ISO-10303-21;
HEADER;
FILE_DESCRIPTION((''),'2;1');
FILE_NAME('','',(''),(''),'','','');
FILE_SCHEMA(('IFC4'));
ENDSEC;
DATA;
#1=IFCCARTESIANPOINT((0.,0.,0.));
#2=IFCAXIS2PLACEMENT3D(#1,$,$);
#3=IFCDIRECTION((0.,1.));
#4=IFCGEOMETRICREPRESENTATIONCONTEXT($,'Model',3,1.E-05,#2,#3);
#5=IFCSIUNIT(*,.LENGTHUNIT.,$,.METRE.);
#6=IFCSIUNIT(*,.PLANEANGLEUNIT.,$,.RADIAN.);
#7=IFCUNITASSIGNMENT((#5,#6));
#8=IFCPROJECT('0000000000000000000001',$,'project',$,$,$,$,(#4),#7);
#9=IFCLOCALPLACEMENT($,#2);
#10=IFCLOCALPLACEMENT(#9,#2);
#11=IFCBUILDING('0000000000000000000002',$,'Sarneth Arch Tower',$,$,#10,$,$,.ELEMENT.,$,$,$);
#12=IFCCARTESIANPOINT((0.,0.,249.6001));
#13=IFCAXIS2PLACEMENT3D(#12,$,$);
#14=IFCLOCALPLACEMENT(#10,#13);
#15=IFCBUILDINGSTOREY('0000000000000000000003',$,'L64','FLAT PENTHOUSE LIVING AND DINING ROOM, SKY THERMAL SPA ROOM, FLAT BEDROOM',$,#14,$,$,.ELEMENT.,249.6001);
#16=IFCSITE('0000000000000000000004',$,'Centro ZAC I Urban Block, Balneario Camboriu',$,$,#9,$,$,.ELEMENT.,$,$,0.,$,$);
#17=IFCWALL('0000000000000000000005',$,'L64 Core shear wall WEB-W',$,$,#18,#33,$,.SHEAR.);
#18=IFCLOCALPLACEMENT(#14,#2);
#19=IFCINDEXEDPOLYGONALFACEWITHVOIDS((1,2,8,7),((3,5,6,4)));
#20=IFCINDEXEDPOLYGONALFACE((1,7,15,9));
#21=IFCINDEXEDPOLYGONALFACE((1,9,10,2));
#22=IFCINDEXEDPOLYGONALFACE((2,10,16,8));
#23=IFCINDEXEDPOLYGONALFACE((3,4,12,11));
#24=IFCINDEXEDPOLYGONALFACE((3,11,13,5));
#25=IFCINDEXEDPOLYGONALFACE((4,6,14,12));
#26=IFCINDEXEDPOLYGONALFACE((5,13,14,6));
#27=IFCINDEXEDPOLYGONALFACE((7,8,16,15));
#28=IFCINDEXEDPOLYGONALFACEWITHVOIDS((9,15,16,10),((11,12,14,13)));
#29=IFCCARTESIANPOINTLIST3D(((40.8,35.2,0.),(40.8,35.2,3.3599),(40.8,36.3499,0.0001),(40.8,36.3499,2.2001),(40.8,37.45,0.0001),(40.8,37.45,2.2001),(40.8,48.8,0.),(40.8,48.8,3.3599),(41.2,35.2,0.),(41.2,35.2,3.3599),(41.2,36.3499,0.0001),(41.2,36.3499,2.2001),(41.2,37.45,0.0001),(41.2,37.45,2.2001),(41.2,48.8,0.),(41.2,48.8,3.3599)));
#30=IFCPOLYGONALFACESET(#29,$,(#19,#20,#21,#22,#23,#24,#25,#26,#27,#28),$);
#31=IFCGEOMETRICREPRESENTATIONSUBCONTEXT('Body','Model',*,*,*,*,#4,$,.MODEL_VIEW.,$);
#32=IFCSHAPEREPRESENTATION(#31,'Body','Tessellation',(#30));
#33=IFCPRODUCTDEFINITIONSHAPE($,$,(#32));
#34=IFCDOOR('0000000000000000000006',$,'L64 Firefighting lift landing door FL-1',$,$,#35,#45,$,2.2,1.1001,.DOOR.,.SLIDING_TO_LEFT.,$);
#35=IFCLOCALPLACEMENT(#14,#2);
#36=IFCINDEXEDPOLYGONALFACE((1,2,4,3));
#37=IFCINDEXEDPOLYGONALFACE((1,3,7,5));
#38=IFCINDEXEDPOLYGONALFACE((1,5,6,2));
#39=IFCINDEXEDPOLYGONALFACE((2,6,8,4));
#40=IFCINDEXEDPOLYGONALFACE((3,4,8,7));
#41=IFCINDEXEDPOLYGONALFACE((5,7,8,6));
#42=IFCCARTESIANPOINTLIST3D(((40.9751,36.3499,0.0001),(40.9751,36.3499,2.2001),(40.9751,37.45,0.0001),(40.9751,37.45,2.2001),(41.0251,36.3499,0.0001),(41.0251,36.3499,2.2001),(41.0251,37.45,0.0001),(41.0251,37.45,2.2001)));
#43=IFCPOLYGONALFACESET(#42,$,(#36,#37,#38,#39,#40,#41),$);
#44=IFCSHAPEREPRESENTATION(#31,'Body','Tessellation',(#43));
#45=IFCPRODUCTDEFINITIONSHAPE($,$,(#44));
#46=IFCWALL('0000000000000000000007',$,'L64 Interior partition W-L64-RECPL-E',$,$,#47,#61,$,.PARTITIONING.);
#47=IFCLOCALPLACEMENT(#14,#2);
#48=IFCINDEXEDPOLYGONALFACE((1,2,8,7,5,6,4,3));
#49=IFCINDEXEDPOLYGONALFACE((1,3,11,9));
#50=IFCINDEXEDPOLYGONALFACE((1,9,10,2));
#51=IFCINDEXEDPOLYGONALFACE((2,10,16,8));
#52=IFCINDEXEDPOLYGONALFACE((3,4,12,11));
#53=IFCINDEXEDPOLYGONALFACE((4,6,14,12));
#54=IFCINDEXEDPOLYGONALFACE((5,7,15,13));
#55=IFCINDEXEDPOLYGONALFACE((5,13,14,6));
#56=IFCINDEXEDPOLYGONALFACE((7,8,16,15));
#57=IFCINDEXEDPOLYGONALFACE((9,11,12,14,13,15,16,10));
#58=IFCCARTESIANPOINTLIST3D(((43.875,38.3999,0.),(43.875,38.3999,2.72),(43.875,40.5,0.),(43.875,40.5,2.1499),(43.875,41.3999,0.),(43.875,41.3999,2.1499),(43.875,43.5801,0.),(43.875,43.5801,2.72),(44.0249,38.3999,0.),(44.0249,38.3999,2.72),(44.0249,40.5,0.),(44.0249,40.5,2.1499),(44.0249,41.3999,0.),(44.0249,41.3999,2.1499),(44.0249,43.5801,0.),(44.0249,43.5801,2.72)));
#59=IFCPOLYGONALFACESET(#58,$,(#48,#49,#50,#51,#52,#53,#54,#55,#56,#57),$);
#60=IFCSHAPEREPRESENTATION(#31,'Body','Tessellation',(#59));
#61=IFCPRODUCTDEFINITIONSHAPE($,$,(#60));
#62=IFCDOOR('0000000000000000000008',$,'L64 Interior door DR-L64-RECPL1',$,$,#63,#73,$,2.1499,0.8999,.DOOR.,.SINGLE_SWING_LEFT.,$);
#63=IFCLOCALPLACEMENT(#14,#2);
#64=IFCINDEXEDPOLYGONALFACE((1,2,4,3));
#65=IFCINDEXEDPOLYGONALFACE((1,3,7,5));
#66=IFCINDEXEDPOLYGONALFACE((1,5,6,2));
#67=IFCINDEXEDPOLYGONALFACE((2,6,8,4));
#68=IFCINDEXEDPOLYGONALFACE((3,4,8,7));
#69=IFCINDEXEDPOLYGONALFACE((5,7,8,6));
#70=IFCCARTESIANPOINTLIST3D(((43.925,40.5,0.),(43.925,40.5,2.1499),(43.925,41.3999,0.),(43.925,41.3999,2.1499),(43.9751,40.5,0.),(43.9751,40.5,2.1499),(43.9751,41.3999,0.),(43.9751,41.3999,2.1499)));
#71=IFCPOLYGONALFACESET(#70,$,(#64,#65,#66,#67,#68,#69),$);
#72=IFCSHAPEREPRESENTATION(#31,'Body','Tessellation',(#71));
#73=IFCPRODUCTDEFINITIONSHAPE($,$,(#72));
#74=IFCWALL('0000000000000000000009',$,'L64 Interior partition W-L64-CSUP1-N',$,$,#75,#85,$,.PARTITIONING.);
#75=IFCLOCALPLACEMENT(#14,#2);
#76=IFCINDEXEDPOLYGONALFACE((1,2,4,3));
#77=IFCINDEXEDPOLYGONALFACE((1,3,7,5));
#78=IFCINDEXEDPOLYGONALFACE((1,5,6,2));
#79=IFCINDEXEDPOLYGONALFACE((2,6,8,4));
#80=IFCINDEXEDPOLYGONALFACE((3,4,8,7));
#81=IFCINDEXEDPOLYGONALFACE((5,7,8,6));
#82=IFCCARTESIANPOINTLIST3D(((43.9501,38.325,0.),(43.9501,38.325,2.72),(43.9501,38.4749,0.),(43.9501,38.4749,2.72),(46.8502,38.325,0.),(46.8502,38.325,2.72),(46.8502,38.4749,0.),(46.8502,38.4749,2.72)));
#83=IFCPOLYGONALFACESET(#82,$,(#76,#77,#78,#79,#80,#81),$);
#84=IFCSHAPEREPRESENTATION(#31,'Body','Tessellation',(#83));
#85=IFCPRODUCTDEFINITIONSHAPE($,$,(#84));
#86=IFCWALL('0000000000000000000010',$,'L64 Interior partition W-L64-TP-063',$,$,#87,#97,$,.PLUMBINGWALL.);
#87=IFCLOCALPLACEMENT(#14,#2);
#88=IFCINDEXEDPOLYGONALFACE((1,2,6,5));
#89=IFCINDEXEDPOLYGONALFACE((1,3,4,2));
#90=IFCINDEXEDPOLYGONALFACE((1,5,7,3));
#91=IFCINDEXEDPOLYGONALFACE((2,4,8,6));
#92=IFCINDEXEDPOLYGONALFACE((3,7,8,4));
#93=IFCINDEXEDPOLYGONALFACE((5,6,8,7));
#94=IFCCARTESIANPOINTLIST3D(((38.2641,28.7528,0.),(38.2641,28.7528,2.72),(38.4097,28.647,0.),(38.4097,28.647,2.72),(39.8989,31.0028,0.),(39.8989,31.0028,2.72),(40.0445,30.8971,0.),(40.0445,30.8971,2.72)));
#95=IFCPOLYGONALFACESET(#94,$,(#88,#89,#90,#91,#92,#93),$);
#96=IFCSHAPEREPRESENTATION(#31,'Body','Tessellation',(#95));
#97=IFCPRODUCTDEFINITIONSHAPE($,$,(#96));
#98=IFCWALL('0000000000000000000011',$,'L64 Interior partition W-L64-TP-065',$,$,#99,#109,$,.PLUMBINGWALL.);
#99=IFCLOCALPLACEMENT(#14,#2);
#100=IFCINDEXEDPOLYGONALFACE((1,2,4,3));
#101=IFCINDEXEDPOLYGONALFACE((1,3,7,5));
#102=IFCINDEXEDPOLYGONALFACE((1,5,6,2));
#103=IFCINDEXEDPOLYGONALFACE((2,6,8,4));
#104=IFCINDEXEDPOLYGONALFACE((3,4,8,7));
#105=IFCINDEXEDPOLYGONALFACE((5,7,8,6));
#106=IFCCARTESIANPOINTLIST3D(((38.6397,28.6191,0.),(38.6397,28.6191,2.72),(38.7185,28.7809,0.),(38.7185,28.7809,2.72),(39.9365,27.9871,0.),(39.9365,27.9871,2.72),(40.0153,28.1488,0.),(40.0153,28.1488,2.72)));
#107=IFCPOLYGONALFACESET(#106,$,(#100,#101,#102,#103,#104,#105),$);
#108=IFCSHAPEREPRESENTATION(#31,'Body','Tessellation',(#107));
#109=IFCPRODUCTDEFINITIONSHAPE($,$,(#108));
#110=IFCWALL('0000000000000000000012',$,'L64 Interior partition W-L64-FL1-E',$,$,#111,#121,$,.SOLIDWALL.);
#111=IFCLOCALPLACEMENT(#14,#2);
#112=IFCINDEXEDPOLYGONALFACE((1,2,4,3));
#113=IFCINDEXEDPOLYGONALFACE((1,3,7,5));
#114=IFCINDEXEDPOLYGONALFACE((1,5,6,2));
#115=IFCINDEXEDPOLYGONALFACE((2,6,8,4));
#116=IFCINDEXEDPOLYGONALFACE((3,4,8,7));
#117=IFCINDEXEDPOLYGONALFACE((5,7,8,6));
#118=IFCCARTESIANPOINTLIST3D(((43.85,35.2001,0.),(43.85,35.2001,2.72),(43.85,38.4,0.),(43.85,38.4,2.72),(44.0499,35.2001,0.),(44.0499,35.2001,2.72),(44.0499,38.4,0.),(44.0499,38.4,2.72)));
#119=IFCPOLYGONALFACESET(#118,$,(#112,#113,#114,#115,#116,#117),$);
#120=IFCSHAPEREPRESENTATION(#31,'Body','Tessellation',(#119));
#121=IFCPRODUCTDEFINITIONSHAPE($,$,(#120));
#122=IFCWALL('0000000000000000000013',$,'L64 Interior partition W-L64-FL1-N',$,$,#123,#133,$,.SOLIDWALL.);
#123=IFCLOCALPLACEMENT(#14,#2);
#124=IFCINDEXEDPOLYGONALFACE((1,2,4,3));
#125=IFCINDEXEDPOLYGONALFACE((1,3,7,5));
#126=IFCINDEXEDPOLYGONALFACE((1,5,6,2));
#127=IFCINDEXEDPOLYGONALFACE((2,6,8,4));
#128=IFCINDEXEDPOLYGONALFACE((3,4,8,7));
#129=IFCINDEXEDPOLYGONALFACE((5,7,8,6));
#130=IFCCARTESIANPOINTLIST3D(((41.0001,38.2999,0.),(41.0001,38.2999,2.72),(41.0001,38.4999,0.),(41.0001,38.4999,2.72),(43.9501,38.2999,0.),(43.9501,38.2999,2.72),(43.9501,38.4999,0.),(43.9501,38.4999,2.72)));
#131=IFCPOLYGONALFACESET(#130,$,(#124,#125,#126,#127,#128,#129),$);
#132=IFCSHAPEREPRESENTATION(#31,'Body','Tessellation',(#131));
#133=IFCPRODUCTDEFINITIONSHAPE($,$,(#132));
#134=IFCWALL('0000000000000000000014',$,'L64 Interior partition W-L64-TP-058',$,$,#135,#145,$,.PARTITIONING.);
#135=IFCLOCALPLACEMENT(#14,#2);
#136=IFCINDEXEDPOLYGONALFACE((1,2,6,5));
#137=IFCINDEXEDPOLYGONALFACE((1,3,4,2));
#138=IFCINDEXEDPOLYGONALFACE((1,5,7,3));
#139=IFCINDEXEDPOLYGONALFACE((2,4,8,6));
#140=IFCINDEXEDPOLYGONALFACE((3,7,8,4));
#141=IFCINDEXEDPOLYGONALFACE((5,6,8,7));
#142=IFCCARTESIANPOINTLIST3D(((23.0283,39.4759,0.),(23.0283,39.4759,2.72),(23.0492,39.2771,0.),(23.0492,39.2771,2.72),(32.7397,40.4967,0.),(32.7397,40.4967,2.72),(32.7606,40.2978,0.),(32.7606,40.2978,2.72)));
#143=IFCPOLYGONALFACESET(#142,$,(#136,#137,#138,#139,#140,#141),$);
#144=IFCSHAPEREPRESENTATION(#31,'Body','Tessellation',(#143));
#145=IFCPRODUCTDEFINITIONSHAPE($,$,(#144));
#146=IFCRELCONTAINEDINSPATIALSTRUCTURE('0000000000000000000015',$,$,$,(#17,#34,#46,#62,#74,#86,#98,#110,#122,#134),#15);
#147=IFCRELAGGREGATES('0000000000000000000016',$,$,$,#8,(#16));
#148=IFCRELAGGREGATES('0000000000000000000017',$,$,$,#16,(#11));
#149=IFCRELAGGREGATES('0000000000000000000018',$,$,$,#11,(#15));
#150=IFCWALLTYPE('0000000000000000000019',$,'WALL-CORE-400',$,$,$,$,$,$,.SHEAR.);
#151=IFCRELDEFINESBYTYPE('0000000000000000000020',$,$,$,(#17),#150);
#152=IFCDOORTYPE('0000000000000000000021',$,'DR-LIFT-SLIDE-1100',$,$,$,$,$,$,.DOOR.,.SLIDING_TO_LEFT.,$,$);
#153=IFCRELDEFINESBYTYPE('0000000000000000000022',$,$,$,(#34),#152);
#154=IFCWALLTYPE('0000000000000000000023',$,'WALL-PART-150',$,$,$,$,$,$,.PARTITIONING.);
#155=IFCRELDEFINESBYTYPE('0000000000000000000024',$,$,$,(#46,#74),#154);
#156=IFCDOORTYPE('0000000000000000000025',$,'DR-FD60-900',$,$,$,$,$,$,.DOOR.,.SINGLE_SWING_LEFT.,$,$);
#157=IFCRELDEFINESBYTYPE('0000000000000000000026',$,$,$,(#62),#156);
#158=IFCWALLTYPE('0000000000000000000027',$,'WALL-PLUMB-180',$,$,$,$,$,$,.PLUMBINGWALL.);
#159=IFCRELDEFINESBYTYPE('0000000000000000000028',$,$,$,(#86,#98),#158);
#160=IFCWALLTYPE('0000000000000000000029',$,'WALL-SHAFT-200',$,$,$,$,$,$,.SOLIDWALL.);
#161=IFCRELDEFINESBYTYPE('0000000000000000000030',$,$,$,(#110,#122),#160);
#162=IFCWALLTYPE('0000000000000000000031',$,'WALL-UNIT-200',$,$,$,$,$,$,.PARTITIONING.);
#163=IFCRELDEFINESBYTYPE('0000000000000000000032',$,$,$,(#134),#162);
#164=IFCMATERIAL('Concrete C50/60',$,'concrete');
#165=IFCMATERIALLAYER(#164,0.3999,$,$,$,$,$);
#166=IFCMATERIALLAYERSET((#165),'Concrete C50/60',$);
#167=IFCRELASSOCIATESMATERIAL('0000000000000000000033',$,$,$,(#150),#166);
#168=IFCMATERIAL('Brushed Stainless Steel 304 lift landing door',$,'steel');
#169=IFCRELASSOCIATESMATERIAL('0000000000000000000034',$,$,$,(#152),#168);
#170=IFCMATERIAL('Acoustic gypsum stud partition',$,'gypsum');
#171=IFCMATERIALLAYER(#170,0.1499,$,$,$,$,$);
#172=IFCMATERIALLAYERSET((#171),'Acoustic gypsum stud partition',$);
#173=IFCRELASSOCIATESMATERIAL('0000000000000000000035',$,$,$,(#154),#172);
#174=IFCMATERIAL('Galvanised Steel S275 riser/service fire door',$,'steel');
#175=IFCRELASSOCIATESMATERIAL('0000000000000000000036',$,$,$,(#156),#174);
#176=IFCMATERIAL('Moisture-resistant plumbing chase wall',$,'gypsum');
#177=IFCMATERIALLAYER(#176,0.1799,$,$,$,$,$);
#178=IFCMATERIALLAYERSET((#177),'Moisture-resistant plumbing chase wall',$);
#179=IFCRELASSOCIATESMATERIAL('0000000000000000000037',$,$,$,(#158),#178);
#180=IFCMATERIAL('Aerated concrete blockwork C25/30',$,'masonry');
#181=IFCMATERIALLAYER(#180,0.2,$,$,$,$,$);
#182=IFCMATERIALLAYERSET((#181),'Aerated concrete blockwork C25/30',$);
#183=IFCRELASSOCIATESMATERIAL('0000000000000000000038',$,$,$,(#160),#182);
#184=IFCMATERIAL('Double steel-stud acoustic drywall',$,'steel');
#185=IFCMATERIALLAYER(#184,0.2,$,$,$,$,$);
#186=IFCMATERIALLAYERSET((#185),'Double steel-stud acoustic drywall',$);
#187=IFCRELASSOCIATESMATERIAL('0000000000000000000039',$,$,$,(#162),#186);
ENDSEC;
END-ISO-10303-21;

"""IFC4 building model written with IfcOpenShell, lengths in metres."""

from ifc_helpers import new_model, si_unit, direction, frame, frame_2d, origin, place, context, subcontext, project, spatial, rectangle, extrude, material, layer, layer_set, type_object, element, fill, save


model = new_model("IFC4")

# Units and contexts
model_context = context("Model", 3, precision=1e-05, world=origin(), true_north=direction((0.0, 1.0)))
body_context = subcontext(model_context, "Body", "Model", "MODEL_VIEW")
ifc_project = project(units=[si_unit("LENGTHUNIT", "METRE"), si_unit("PLANEANGLEUNIT", "RADIAN")], contexts=[model_context])

# Site, building, storey
site_placement = place(None, origin())
site = spatial("IfcSite", under=ifc_project, at=site_placement, Name="Centro ZAC I Urban Block, Balneario Camboriu", CompositionType="ELEMENT", RefElevation=0.0)
building_placement = place(site_placement, origin())
building = spatial("IfcBuilding", under=site, at=building_placement, Name="Sarneth Arch Tower", CompositionType="ELEMENT")
storey_placement = place(building_placement, frame((0.0, 0.0, 249.6001)))
storey = spatial("IfcBuildingStorey", under=building, at=storey_placement, Name="L64", Description="FLAT PENTHOUSE LIVING AND DINING ROOM, SKY THERMAL SPA ROOM, FLAT BEDROOM", CompositionType="ELEMENT", Elevation=249.6001)

# Shared definitions
ifc_material_1 = material(Name="Concrete C50/60", Category="concrete")
ifc_layer_1 = layer(ifc_material_1, 0.3999)
ifc_layer_set_1 = layer_set([ifc_layer_1], Name="Concrete C50/60")
wall_type_1 = type_object("IfcWallType", Name="WALL-CORE-400", PredefinedType="SHEAR", material=ifc_layer_set_1)

# Walls, openings, doors
wall_1_placement = place(storey_placement, frame((41.0, 35.2, 0.0), z_axis=(0.0, 0.0, 1.0), x_axis=(0.0, 1.0, 0.0)))
wall_1 = element("IfcWall", 1, at=wall_1_placement, inside=storey, type_object=wall_type_1, Name="L64 Core shear wall WEB-W", PredefinedType="SHEAR", context=body_context, shape_type="SweptSolid", body=[
    extrude(rectangle(XDim=13.6001, YDim=0.3999, at=frame_2d((6.8, 0.0))), origin(), (0.0, 0.0, 1.0), 3.3599),
])
opening_1_placement = place(wall_1_placement, frame((1.1499, 0.0, 0.0)))
opening_1 = element("IfcOpeningElement", 2, at=opening_1_placement, cuts=wall_1, PredefinedType="OPENING", context=body_context, shape_type="SweptSolid", body=[
    extrude(rectangle(XDim=1.1001, YDim=2.2, at=frame_2d((0.55, 1.1001))), frame((0.0, 0.21, 0.0), z_axis=(0.0, -1.0, 0.0), x_axis=(1.0, 0.0, 0.0)), (0.0, 0.0, 1.0), 0.4199),
])
ifc_material_2 = material(Name="Brushed Stainless Steel 304 lift landing door", Category="steel")
door_type_1 = type_object("IfcDoorType", Name="DR-LIFT-SLIDE-1100", OperationType="SLIDING_TO_LEFT", PredefinedType="DOOR", material=ifc_material_2)
door_1_placement = place(opening_1_placement, origin())
door_1 = element("IfcDoor", 3, at=door_1_placement, inside=storey, type_object=door_type_1, Name="L64 Firefighting lift landing door FL-1", OperationType="SLIDING_TO_LEFT", OverallHeight=2.2, OverallWidth=1.1001, PredefinedType="DOOR", context=body_context, shape_type="SweptSolid", body=[
    extrude(rectangle(XDim=1.1001, YDim=2.2, at=frame_2d((0.55, 1.1001))), frame((0.0, 0.0249, 0.0), z_axis=(0.0, -1.0, 0.0), x_axis=(1.0, 0.0, 0.0)), (0.0, 0.0, 1.0), 0.05),
])
fill(opening_1, door_1)
ifc_material_3 = material(Name="Acoustic gypsum stud partition", Category="gypsum")
ifc_layer_2 = layer(ifc_material_3, 0.1499)
ifc_layer_set_2 = layer_set([ifc_layer_2], Name="Acoustic gypsum stud partition")
wall_type_2 = type_object("IfcWallType", Name="WALL-PART-150", PredefinedType="PARTITIONING", material=ifc_layer_set_2)
wall_2_placement = place(storey_placement, frame((43.95, 38.3999, 0.0), z_axis=(0.0, 0.0, 1.0), x_axis=(0.0, 1.0, 0.0)))
wall_2 = element("IfcWall", 4, at=wall_2_placement, inside=storey, type_object=wall_type_2, Name="L64 Interior partition W-L64-RECPL-E", PredefinedType="PARTITIONING", context=body_context, shape_type="SweptSolid", body=[
    extrude(rectangle(XDim=5.1802, YDim=0.1499, at=frame_2d((2.5901, 0.0))), origin(), (0.0, 0.0, 1.0), 2.72),
])
opening_2_placement = place(wall_2_placement, frame((2.1001, 0.0, 0.0)))
opening_2 = element("IfcOpeningElement", 5, at=opening_2_placement, cuts=wall_2, PredefinedType="OPENING", context=body_context, shape_type="SweptSolid", body=[
    extrude(rectangle(XDim=0.8999, YDim=2.1499, at=frame_2d((0.45, 1.075))), frame((0.0, 0.085, 0.0), z_axis=(0.0, -1.0, 0.0), x_axis=(1.0, 0.0, 0.0)), (0.0, 0.0, 1.0), 0.1699),
])
ifc_material_4 = material(Name="Galvanised Steel S275 riser/service fire door", Category="steel")
door_type_2 = type_object("IfcDoorType", Name="DR-FD60-900", OperationType="SINGLE_SWING_LEFT", PredefinedType="DOOR", material=ifc_material_4)
door_2_placement = place(opening_2_placement, origin())
door_2 = element("IfcDoor", 6, at=door_2_placement, inside=storey, type_object=door_type_2, Name="L64 Interior door DR-L64-RECPL1", OperationType="SINGLE_SWING_LEFT", OverallHeight=2.1499, OverallWidth=0.8999, PredefinedType="DOOR", context=body_context, shape_type="SweptSolid", body=[
    extrude(rectangle(XDim=0.8999, YDim=2.1499, at=frame_2d((0.45, 1.075))), frame((0.0, 0.0249, 0.0), z_axis=(0.0, -1.0, 0.0), x_axis=(1.0, 0.0, 0.0)), (0.0, 0.0, 1.0), 0.05),
])
fill(opening_2, door_2)

# Wall
wall_3_placement = place(storey_placement, frame((43.95, 38.3999, 0.0), z_axis=(0.0, 0.0, 1.0), x_axis=(1.0, 0.0, 0.0)))
element("IfcWall", 7, at=wall_3_placement, inside=storey, type_object=wall_type_2, Name="L64 Interior partition W-L64-CSUP1-N", PredefinedType="PARTITIONING", context=body_context, shape_type="SweptSolid", body=[
    extrude(rectangle(XDim=2.9001, YDim=0.1499, at=frame_2d((1.4502, 0.0))), origin(), (0.0, 0.0, 1.0), 2.72),
])

# Walls
ifc_material_5 = material(Name="Moisture-resistant plumbing chase wall", Category="gypsum")
ifc_layer_3 = layer(ifc_material_5, 0.1799)
ifc_layer_set_3 = layer_set([ifc_layer_3], Name="Moisture-resistant plumbing chase wall")
wall_type_3 = type_object("IfcWallType", Name="WALL-PLUMB-180", PredefinedType="PLUMBINGWALL", material=ifc_layer_set_3)
wall_4_placement = place(storey_placement, frame((39.9717, 30.95, 0.0), z_axis=(0.0, 0.0, 1.0), x_axis=(-0.587796, -0.809009, 0.0)))
element("IfcWall", 8, at=wall_4_placement, inside=storey, type_object=wall_type_3, Name="L64 Interior partition W-L64-TP-063", PredefinedType="PLUMBINGWALL", context=body_context, shape_type="SweptSolid", body=[
    extrude(rectangle(XDim=2.7812, YDim=0.1799, at=frame_2d((1.3906, 0.0))), origin(), (0.0, 0.0, 1.0), 2.72),
])
wall_5_placement = place(storey_placement, frame((38.6792, 28.7, 0.0), z_axis=(0.0, 0.0, 1.0), x_axis=(0.898916, -0.43812, 0.0)))
element("IfcWall", 9, at=wall_5_placement, inside=storey, type_object=wall_type_3, Name="L64 Interior partition W-L64-TP-065", PredefinedType="PLUMBINGWALL", context=body_context, shape_type="SweptSolid", body=[
    extrude(rectangle(XDim=1.4426, YDim=0.1799, at=frame_2d((0.7212, 0.0))), origin(), (0.0, 0.0, 1.0), 2.72),
])

# Shared definitions
ifc_material_6 = material(Name="Aerated concrete blockwork C25/30", Category="masonry")
ifc_layer_4 = layer(ifc_material_6, 0.2)
ifc_layer_set_4 = layer_set([ifc_layer_4], Name="Aerated concrete blockwork C25/30")
wall_type_4 = type_object("IfcWallType", Name="WALL-SHAFT-200", PredefinedType="SOLIDWALL", material=ifc_layer_set_4)

# Walls
wall_6_placement = place(storey_placement, frame((43.95, 35.2, 0.0), z_axis=(0.0, 0.0, 1.0), x_axis=(0.0, 1.0, 0.0)))
element("IfcWall", 10, at=wall_6_placement, inside=storey, type_object=wall_type_4, Name="L64 Interior partition W-L64-FL1-E", PredefinedType="SOLIDWALL", context=body_context, shape_type="SweptSolid", body=[
    extrude(rectangle(XDim=3.2, YDim=0.2, at=frame_2d((1.6001, 0.0))), origin(), (0.0, 0.0, 1.0), 2.72),
])
wall_7_placement = place(storey_placement, frame((41.0, 38.3999, 0.0), z_axis=(0.0, 0.0, 1.0), x_axis=(1.0, 0.0, 0.0)))
element("IfcWall", 11, at=wall_7_placement, inside=storey, type_object=wall_type_4, Name="L64 Interior partition W-L64-FL1-N", PredefinedType="SOLIDWALL", context=body_context, shape_type="SweptSolid", body=[
    extrude(rectangle(XDim=2.95, YDim=0.2, at=frame_2d((1.4751, 0.0))), origin(), (0.0, 0.0, 1.0), 2.72),
])
ifc_material_7 = material(Name="Double steel-stud acoustic drywall", Category="steel")
ifc_layer_5 = layer(ifc_material_7, 0.2)
ifc_layer_set_5 = layer_set([ifc_layer_5], Name="Double steel-stud acoustic drywall")
wall_type_5 = type_object("IfcWallType", Name="WALL-UNIT-200", PredefinedType="PARTITIONING", material=ifc_layer_set_5)
wall_8_placement = place(storey_placement, frame((32.75, 40.3972, 0.0), z_axis=(0.0, 0.0, 1.0), x_axis=(-0.994521, -0.104533, 0.0)))
element("IfcWall", 12, at=wall_8_placement, inside=storey, type_object=wall_type_5, Name="L64 Interior partition W-L64-TP-058", PredefinedType="PARTITIONING", context=body_context, shape_type="SweptSolid", body=[
    extrude(rectangle(XDim=9.7649, YDim=0.2, at=frame_2d((4.8823, 0.0))), origin(), (0.0, 0.0, 1.0), 2.72),
])

save(model, "model.ifc")
